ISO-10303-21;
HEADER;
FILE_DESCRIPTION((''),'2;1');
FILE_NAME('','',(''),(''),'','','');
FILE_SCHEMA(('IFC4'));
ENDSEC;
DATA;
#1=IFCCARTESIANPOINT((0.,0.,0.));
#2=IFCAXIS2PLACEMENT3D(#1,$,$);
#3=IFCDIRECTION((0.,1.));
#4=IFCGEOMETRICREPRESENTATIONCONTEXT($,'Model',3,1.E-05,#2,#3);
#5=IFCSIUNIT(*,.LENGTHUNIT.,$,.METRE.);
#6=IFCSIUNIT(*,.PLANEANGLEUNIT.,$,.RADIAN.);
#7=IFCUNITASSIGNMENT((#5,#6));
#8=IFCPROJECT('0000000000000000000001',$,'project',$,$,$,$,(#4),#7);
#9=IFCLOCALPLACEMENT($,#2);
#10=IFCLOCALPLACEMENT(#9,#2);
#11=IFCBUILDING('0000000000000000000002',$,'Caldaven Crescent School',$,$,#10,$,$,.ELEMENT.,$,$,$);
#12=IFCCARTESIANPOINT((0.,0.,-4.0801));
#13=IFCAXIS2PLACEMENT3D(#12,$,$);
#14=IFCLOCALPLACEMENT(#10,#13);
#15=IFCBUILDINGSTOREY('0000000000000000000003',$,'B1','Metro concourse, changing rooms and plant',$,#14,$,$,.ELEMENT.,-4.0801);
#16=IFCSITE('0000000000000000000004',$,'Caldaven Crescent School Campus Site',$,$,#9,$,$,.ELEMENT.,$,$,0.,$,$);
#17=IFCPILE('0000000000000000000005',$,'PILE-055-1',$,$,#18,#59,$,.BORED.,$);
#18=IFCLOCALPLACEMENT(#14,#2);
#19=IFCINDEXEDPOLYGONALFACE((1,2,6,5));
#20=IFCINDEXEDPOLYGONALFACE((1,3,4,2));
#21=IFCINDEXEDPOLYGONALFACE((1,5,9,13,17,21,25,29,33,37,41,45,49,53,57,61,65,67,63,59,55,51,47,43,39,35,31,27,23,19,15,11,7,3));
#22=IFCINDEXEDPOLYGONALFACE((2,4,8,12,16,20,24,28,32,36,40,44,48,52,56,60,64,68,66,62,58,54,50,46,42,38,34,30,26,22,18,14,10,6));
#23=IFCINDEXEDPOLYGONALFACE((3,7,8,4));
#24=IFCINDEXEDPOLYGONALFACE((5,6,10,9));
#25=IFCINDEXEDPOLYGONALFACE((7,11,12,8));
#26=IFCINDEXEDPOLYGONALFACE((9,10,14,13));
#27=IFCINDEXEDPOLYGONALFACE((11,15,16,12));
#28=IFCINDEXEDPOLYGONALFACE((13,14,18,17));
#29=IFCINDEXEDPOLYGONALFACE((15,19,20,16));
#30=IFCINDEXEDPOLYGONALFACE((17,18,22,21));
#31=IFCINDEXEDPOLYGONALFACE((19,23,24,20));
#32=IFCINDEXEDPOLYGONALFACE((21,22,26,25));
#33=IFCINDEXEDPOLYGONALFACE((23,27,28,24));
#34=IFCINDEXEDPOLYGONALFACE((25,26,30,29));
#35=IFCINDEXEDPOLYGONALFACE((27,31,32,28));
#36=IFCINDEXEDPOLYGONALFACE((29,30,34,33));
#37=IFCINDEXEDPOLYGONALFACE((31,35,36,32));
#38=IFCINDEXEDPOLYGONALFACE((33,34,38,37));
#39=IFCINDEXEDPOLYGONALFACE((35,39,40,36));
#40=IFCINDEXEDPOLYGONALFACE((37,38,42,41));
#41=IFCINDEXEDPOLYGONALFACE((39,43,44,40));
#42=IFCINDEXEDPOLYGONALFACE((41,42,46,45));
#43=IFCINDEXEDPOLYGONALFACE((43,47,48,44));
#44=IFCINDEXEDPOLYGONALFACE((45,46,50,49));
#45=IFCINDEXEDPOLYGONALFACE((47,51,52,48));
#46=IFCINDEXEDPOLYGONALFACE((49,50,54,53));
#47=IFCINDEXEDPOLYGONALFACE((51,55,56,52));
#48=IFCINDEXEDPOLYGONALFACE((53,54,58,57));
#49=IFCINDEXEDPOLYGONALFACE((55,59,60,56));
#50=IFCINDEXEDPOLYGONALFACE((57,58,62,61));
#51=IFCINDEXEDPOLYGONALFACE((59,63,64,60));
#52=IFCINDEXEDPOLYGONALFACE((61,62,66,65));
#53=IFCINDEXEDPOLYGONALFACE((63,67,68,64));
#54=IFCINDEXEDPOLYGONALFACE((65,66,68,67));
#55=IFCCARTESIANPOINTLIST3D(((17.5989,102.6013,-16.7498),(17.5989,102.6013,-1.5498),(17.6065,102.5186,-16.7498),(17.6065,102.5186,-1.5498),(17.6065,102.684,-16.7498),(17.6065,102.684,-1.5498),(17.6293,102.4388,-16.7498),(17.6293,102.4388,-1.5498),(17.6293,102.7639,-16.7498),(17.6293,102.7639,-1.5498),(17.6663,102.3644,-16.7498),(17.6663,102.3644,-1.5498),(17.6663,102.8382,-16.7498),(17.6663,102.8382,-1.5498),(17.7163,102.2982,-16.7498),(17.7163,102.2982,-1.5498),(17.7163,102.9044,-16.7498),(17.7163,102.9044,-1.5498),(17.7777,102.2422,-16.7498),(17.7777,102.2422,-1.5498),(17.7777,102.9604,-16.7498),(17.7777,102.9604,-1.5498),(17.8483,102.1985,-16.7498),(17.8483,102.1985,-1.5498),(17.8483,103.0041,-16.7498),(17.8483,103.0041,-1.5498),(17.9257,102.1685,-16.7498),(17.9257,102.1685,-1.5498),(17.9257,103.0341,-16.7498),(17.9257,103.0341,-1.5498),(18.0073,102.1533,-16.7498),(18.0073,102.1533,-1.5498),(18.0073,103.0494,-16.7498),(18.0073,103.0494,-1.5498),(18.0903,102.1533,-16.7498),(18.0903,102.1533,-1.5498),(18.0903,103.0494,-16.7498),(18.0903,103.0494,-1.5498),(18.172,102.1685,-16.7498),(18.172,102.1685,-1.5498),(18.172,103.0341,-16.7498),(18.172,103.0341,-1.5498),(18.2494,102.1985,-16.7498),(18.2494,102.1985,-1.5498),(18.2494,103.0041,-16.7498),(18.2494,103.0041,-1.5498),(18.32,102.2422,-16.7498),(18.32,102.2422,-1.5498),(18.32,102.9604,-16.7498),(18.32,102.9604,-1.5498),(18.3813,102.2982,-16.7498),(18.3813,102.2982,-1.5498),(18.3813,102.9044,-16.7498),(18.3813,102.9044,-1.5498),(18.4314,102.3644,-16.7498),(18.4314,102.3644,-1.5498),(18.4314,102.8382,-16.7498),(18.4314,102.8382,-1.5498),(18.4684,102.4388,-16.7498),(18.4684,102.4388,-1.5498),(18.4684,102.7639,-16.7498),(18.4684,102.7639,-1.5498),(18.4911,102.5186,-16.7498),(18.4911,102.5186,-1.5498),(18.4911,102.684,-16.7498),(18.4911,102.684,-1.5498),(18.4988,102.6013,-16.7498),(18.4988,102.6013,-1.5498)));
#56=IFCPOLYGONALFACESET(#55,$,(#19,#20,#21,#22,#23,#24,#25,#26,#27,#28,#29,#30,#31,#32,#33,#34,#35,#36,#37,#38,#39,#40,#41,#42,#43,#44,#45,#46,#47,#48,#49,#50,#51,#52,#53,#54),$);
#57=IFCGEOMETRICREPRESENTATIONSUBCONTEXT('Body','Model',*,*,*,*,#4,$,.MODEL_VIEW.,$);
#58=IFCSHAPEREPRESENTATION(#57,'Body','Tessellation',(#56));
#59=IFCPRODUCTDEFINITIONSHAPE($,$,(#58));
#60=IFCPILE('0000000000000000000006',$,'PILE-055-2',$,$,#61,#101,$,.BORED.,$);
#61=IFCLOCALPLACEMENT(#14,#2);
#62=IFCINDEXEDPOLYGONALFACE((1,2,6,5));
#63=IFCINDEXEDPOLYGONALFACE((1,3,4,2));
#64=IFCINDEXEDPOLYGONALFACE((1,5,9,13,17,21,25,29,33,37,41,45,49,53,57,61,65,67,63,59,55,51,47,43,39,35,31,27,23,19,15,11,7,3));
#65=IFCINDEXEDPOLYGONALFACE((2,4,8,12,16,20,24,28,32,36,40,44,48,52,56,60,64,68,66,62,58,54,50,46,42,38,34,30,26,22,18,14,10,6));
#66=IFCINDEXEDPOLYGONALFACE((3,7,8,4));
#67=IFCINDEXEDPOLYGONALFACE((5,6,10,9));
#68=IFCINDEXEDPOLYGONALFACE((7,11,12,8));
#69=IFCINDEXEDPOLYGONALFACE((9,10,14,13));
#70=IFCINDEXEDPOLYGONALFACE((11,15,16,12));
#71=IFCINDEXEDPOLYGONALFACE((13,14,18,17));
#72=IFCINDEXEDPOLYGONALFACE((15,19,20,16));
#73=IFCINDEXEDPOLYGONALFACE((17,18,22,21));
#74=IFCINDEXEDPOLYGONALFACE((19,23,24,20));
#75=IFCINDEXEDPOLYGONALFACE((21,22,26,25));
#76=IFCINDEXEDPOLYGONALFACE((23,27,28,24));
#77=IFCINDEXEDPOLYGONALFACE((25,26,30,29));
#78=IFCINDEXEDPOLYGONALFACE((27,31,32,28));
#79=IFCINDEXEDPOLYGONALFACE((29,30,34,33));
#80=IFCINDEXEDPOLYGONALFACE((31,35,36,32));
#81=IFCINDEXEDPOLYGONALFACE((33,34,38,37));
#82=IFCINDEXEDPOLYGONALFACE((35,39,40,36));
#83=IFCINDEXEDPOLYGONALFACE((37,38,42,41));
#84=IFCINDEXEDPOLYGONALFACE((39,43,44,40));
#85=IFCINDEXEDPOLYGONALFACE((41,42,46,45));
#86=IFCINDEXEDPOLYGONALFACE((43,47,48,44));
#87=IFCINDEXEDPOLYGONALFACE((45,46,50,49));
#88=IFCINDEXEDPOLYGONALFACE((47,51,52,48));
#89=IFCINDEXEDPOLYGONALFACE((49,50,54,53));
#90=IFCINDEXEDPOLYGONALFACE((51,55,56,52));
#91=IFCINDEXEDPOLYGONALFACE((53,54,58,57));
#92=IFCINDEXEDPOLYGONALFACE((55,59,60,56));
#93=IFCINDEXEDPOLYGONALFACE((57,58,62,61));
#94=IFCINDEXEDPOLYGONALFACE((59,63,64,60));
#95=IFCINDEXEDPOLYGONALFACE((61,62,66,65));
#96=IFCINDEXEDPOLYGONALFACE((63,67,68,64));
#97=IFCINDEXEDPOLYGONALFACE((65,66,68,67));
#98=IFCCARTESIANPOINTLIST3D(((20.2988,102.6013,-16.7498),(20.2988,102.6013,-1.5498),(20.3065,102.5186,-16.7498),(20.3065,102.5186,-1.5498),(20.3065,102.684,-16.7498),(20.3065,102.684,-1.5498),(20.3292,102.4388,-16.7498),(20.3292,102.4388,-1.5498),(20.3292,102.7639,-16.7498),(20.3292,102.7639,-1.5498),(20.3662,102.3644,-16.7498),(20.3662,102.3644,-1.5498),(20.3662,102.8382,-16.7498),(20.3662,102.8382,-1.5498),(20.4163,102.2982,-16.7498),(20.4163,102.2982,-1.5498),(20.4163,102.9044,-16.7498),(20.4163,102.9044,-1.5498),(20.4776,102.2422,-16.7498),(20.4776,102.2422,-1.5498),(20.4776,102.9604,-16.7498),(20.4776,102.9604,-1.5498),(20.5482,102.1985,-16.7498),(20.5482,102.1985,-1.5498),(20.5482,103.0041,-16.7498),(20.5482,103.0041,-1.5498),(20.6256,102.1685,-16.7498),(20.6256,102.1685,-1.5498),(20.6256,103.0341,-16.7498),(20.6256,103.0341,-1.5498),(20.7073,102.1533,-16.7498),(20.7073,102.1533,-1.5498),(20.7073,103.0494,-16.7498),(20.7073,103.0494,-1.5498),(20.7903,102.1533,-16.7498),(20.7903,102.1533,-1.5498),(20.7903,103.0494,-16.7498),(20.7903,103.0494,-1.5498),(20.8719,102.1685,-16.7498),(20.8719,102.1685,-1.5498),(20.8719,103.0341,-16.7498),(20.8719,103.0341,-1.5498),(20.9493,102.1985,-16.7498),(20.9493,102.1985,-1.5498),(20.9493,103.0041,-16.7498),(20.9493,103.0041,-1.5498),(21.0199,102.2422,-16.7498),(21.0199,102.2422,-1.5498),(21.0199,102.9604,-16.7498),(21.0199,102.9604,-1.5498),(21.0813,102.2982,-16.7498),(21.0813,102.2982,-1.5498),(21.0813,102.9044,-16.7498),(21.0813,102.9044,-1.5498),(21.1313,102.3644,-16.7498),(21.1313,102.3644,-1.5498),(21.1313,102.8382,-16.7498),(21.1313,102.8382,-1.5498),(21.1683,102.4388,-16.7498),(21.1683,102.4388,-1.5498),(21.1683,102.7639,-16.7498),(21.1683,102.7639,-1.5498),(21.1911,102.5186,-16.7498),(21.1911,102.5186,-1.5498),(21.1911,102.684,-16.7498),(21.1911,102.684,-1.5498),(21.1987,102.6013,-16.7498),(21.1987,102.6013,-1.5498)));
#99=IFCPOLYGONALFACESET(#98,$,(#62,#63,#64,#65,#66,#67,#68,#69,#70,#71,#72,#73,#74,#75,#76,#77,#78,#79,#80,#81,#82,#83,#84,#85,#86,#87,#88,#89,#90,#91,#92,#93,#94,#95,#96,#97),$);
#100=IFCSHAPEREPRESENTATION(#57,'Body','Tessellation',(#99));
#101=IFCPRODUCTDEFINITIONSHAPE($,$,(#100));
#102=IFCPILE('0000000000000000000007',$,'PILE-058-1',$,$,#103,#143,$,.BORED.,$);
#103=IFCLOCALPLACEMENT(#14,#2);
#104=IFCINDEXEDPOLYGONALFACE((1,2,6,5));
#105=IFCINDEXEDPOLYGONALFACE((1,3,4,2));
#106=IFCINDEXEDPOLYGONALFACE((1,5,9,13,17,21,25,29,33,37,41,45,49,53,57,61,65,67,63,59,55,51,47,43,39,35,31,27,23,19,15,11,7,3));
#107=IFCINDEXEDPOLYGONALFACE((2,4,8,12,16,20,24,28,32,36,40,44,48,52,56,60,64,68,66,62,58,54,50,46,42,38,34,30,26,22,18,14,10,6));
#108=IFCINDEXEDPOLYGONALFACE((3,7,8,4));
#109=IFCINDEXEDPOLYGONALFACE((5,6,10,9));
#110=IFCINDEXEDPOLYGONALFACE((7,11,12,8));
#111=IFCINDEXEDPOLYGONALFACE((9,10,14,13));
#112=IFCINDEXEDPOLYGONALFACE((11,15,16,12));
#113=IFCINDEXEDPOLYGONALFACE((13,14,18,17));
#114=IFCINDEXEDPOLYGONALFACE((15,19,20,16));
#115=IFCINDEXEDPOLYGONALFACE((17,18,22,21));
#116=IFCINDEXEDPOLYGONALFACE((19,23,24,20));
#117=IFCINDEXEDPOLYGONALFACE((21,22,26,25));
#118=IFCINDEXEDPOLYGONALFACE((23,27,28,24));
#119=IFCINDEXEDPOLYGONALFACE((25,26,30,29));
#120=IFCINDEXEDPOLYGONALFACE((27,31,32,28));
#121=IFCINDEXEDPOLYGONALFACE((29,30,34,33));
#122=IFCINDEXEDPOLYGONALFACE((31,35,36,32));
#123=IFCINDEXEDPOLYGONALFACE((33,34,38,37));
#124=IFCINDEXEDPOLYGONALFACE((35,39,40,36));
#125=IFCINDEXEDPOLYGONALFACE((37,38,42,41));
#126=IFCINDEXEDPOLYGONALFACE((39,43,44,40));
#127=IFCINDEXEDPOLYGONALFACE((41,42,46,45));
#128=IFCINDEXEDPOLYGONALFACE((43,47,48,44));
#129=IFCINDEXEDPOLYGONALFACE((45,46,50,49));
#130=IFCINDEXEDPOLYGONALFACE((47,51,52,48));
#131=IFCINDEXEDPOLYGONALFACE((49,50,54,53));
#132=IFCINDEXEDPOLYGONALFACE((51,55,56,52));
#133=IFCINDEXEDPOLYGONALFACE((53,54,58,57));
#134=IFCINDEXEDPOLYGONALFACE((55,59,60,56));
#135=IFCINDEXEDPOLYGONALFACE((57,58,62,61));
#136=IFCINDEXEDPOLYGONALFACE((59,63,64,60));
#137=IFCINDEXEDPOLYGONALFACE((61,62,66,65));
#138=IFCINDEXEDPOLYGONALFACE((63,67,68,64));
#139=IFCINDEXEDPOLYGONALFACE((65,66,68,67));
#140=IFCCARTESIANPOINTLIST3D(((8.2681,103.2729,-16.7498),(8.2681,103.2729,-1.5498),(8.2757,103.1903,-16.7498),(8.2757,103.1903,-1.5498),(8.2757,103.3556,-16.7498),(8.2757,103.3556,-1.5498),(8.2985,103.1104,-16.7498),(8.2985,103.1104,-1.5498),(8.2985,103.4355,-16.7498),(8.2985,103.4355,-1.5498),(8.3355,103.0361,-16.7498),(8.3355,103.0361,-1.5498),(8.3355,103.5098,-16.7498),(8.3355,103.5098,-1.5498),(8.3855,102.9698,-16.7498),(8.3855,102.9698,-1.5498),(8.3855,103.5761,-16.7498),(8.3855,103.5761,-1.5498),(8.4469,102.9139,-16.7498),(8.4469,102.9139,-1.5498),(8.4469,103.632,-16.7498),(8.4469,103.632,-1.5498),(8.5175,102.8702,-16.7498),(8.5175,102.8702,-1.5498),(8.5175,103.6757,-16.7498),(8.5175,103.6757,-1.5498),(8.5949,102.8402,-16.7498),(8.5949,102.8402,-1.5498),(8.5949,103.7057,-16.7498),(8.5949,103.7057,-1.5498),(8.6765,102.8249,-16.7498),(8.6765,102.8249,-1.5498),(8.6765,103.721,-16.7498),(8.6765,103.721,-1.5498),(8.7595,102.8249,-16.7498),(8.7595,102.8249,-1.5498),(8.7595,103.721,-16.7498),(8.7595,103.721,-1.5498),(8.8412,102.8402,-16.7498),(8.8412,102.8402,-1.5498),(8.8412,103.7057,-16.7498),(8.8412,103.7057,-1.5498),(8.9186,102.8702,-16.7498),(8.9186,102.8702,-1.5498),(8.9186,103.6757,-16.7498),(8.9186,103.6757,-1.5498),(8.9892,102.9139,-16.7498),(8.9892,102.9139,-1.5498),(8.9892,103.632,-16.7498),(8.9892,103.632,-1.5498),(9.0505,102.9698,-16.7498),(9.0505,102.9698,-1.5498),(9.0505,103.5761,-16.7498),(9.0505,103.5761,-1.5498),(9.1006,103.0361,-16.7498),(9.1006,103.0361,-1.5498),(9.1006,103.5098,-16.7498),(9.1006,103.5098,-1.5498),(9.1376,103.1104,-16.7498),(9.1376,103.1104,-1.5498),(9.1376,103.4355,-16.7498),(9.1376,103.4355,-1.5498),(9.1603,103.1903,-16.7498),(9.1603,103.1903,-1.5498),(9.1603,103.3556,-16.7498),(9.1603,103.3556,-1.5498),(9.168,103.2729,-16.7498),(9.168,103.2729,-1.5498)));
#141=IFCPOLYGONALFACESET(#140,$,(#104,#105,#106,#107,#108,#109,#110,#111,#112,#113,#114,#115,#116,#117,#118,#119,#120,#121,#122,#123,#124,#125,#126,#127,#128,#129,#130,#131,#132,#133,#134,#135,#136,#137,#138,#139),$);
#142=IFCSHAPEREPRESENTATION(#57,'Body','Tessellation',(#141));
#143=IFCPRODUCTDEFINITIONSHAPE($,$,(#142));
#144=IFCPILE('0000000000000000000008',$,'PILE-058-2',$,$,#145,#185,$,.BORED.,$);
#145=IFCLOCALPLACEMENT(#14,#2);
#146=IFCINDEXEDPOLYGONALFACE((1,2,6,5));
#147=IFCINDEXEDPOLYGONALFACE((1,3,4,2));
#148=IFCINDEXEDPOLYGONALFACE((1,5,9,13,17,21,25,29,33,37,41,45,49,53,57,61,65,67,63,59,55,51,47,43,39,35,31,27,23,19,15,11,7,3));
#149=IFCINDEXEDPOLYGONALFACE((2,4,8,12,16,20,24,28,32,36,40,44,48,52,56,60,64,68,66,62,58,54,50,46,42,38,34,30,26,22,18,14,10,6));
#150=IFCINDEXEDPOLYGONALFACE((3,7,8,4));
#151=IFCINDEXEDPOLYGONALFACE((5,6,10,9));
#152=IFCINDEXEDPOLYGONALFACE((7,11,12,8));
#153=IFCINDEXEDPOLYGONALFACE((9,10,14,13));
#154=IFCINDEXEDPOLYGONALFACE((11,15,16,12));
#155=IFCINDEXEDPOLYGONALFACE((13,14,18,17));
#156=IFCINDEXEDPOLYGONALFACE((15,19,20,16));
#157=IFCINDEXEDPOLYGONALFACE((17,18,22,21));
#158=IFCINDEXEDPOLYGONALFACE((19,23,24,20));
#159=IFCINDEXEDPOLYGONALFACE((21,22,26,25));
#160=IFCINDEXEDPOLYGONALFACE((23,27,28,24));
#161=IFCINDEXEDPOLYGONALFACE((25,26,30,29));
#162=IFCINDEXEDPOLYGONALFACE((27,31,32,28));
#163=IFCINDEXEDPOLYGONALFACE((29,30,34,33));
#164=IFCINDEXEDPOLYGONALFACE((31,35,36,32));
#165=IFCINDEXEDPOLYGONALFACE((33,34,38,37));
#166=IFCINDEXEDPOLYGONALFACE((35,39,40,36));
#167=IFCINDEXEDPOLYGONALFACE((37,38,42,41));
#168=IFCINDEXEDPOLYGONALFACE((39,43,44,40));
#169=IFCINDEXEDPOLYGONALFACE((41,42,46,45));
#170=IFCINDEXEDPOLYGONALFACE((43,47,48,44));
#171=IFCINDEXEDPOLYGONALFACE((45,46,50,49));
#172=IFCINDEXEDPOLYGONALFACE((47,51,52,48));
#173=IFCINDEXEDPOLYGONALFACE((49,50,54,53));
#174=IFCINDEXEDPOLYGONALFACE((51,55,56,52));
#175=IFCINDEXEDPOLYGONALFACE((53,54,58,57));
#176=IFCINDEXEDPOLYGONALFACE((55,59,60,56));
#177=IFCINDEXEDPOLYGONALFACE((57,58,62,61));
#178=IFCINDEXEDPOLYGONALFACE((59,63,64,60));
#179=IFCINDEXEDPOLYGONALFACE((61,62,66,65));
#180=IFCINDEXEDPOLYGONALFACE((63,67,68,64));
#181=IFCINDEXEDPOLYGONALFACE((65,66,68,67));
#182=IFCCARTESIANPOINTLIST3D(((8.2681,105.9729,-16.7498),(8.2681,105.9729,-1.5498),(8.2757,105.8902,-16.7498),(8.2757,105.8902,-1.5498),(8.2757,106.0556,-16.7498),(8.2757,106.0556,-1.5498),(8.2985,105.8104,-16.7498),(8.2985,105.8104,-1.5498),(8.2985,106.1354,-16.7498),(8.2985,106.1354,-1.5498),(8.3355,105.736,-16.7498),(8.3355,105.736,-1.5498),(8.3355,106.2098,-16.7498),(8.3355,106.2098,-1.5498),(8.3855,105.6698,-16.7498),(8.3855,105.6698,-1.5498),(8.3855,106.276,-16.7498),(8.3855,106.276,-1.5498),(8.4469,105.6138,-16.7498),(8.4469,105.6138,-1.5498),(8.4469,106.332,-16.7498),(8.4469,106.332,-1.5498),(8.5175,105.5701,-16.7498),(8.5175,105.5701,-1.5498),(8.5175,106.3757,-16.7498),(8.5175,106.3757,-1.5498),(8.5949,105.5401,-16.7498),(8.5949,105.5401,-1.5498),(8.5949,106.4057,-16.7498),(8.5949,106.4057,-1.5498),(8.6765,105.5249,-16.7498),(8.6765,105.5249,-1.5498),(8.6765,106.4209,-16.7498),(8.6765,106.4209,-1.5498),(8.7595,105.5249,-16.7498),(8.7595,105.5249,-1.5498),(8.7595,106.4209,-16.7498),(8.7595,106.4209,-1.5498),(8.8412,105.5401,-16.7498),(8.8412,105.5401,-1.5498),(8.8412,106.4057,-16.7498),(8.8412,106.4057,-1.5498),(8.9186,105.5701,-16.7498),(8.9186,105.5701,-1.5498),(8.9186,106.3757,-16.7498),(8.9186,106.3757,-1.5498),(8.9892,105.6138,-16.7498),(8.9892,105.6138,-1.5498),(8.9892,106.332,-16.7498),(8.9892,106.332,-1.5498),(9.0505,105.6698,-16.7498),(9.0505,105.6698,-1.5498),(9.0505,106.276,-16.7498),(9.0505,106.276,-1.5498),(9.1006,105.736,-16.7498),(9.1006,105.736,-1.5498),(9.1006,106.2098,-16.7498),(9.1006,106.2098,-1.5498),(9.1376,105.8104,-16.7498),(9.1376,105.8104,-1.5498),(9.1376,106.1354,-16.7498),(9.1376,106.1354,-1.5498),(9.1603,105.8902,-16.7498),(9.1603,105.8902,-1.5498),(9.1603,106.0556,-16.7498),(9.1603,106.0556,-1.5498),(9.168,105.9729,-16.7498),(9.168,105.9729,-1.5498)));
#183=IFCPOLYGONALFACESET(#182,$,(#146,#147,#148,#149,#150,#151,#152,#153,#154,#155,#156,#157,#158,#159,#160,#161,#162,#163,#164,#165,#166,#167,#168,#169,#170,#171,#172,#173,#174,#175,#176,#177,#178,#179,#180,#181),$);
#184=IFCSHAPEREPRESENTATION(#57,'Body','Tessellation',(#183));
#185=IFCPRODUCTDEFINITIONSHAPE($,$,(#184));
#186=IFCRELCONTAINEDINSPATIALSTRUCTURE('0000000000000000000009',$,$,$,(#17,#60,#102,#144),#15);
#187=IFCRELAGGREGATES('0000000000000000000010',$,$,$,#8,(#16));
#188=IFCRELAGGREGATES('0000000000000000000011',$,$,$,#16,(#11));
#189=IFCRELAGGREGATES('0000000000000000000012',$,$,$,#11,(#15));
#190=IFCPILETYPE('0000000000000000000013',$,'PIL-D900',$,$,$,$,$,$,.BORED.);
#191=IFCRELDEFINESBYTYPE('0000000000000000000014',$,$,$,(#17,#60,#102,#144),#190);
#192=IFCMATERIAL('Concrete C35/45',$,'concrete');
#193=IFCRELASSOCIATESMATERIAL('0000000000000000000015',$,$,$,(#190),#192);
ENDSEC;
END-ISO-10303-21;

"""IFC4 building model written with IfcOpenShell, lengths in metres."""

from ifc_helpers import new_model, si_unit, direction, frame, origin, origin_2d, place, context, subcontext, project, spatial, circle, extrude, material, material_profile, profile_set, type_object, element, save


model = new_model("IFC4")

# Units and contexts
model_context = context("Model", 3, precision=1e-05, world=origin(), true_north=direction((0.0, 1.0)))
body_context = subcontext(model_context, "Body", "Model", "MODEL_VIEW")
ifc_project = project(units=[si_unit("LENGTHUNIT", "METRE"), si_unit("PLANEANGLEUNIT", "RADIAN")], contexts=[model_context])

# Site, building, storey
site_placement = place(None, origin())
site = spatial("IfcSite", under=ifc_project, at=site_placement, Name="Caldaven Crescent School Campus Site", CompositionType="ELEMENT", RefElevation=0.0)
building_placement = place(site_placement, origin())
building = spatial("IfcBuilding", under=site, at=building_placement, Name="Caldaven Crescent School", CompositionType="ELEMENT")
storey_placement = place(building_placement, frame((0.0, 0.0, -4.0801)))
storey = spatial("IfcBuildingStorey", under=building, at=storey_placement, Name="B1", Description="Metro concourse, changing rooms and plant", CompositionType="ELEMENT", Elevation=-4.0801)

# Shared definitions
ifc_material_1 = material(Name="Concrete C35/45", Category="concrete")

# Piles
ifc_material_profile_1 = material_profile(ifc_material_1, circle(Radius=0.45, at=origin_2d()), Name="PILE D900")
ifc_profile_set_1 = profile_set([ifc_material_profile_1], Name="Concrete C35/45")
pile_type_1 = type_object("IfcPileType", Name="PIL-D900", PredefinedType="BORED", material=ifc_profile_set_1)
for number, where, z_axis, x_axis, name in (
    (1, (18.0488, 102.6013, -1.5498), (0.0, 0.0, -1.0), (1.0, 0.0, 0.0), "PILE-055-1"),
    (2, (20.7488, 102.6013, -1.5498), (0.0, 0.0, -1.0), (1.0, 0.0, 0.0), "PILE-055-2"),
    (3, (8.718, 103.2729, -1.5498), (0.0, 0.0, -1.0), (1.0, 0.0, 0.0), "PILE-058-1"),
    (4, (8.718, 105.9729, -1.5498), (0.0, 0.0, -1.0), (1.0, 0.0, 0.0), "PILE-058-2"),
):
    element("IfcPile", number, at=place(storey_placement, frame(where, z_axis=z_axis, x_axis=x_axis)), inside=storey, type_object=pile_type_1, Name=name, PredefinedType="BORED", context=body_context, shape_type="SweptSolid", body=[
        extrude(circle(Radius=0.45, at=origin_2d()), origin(), (0.0, 0.0, 1.0), 15.2),
    ])

save(model, "model.ifc")
